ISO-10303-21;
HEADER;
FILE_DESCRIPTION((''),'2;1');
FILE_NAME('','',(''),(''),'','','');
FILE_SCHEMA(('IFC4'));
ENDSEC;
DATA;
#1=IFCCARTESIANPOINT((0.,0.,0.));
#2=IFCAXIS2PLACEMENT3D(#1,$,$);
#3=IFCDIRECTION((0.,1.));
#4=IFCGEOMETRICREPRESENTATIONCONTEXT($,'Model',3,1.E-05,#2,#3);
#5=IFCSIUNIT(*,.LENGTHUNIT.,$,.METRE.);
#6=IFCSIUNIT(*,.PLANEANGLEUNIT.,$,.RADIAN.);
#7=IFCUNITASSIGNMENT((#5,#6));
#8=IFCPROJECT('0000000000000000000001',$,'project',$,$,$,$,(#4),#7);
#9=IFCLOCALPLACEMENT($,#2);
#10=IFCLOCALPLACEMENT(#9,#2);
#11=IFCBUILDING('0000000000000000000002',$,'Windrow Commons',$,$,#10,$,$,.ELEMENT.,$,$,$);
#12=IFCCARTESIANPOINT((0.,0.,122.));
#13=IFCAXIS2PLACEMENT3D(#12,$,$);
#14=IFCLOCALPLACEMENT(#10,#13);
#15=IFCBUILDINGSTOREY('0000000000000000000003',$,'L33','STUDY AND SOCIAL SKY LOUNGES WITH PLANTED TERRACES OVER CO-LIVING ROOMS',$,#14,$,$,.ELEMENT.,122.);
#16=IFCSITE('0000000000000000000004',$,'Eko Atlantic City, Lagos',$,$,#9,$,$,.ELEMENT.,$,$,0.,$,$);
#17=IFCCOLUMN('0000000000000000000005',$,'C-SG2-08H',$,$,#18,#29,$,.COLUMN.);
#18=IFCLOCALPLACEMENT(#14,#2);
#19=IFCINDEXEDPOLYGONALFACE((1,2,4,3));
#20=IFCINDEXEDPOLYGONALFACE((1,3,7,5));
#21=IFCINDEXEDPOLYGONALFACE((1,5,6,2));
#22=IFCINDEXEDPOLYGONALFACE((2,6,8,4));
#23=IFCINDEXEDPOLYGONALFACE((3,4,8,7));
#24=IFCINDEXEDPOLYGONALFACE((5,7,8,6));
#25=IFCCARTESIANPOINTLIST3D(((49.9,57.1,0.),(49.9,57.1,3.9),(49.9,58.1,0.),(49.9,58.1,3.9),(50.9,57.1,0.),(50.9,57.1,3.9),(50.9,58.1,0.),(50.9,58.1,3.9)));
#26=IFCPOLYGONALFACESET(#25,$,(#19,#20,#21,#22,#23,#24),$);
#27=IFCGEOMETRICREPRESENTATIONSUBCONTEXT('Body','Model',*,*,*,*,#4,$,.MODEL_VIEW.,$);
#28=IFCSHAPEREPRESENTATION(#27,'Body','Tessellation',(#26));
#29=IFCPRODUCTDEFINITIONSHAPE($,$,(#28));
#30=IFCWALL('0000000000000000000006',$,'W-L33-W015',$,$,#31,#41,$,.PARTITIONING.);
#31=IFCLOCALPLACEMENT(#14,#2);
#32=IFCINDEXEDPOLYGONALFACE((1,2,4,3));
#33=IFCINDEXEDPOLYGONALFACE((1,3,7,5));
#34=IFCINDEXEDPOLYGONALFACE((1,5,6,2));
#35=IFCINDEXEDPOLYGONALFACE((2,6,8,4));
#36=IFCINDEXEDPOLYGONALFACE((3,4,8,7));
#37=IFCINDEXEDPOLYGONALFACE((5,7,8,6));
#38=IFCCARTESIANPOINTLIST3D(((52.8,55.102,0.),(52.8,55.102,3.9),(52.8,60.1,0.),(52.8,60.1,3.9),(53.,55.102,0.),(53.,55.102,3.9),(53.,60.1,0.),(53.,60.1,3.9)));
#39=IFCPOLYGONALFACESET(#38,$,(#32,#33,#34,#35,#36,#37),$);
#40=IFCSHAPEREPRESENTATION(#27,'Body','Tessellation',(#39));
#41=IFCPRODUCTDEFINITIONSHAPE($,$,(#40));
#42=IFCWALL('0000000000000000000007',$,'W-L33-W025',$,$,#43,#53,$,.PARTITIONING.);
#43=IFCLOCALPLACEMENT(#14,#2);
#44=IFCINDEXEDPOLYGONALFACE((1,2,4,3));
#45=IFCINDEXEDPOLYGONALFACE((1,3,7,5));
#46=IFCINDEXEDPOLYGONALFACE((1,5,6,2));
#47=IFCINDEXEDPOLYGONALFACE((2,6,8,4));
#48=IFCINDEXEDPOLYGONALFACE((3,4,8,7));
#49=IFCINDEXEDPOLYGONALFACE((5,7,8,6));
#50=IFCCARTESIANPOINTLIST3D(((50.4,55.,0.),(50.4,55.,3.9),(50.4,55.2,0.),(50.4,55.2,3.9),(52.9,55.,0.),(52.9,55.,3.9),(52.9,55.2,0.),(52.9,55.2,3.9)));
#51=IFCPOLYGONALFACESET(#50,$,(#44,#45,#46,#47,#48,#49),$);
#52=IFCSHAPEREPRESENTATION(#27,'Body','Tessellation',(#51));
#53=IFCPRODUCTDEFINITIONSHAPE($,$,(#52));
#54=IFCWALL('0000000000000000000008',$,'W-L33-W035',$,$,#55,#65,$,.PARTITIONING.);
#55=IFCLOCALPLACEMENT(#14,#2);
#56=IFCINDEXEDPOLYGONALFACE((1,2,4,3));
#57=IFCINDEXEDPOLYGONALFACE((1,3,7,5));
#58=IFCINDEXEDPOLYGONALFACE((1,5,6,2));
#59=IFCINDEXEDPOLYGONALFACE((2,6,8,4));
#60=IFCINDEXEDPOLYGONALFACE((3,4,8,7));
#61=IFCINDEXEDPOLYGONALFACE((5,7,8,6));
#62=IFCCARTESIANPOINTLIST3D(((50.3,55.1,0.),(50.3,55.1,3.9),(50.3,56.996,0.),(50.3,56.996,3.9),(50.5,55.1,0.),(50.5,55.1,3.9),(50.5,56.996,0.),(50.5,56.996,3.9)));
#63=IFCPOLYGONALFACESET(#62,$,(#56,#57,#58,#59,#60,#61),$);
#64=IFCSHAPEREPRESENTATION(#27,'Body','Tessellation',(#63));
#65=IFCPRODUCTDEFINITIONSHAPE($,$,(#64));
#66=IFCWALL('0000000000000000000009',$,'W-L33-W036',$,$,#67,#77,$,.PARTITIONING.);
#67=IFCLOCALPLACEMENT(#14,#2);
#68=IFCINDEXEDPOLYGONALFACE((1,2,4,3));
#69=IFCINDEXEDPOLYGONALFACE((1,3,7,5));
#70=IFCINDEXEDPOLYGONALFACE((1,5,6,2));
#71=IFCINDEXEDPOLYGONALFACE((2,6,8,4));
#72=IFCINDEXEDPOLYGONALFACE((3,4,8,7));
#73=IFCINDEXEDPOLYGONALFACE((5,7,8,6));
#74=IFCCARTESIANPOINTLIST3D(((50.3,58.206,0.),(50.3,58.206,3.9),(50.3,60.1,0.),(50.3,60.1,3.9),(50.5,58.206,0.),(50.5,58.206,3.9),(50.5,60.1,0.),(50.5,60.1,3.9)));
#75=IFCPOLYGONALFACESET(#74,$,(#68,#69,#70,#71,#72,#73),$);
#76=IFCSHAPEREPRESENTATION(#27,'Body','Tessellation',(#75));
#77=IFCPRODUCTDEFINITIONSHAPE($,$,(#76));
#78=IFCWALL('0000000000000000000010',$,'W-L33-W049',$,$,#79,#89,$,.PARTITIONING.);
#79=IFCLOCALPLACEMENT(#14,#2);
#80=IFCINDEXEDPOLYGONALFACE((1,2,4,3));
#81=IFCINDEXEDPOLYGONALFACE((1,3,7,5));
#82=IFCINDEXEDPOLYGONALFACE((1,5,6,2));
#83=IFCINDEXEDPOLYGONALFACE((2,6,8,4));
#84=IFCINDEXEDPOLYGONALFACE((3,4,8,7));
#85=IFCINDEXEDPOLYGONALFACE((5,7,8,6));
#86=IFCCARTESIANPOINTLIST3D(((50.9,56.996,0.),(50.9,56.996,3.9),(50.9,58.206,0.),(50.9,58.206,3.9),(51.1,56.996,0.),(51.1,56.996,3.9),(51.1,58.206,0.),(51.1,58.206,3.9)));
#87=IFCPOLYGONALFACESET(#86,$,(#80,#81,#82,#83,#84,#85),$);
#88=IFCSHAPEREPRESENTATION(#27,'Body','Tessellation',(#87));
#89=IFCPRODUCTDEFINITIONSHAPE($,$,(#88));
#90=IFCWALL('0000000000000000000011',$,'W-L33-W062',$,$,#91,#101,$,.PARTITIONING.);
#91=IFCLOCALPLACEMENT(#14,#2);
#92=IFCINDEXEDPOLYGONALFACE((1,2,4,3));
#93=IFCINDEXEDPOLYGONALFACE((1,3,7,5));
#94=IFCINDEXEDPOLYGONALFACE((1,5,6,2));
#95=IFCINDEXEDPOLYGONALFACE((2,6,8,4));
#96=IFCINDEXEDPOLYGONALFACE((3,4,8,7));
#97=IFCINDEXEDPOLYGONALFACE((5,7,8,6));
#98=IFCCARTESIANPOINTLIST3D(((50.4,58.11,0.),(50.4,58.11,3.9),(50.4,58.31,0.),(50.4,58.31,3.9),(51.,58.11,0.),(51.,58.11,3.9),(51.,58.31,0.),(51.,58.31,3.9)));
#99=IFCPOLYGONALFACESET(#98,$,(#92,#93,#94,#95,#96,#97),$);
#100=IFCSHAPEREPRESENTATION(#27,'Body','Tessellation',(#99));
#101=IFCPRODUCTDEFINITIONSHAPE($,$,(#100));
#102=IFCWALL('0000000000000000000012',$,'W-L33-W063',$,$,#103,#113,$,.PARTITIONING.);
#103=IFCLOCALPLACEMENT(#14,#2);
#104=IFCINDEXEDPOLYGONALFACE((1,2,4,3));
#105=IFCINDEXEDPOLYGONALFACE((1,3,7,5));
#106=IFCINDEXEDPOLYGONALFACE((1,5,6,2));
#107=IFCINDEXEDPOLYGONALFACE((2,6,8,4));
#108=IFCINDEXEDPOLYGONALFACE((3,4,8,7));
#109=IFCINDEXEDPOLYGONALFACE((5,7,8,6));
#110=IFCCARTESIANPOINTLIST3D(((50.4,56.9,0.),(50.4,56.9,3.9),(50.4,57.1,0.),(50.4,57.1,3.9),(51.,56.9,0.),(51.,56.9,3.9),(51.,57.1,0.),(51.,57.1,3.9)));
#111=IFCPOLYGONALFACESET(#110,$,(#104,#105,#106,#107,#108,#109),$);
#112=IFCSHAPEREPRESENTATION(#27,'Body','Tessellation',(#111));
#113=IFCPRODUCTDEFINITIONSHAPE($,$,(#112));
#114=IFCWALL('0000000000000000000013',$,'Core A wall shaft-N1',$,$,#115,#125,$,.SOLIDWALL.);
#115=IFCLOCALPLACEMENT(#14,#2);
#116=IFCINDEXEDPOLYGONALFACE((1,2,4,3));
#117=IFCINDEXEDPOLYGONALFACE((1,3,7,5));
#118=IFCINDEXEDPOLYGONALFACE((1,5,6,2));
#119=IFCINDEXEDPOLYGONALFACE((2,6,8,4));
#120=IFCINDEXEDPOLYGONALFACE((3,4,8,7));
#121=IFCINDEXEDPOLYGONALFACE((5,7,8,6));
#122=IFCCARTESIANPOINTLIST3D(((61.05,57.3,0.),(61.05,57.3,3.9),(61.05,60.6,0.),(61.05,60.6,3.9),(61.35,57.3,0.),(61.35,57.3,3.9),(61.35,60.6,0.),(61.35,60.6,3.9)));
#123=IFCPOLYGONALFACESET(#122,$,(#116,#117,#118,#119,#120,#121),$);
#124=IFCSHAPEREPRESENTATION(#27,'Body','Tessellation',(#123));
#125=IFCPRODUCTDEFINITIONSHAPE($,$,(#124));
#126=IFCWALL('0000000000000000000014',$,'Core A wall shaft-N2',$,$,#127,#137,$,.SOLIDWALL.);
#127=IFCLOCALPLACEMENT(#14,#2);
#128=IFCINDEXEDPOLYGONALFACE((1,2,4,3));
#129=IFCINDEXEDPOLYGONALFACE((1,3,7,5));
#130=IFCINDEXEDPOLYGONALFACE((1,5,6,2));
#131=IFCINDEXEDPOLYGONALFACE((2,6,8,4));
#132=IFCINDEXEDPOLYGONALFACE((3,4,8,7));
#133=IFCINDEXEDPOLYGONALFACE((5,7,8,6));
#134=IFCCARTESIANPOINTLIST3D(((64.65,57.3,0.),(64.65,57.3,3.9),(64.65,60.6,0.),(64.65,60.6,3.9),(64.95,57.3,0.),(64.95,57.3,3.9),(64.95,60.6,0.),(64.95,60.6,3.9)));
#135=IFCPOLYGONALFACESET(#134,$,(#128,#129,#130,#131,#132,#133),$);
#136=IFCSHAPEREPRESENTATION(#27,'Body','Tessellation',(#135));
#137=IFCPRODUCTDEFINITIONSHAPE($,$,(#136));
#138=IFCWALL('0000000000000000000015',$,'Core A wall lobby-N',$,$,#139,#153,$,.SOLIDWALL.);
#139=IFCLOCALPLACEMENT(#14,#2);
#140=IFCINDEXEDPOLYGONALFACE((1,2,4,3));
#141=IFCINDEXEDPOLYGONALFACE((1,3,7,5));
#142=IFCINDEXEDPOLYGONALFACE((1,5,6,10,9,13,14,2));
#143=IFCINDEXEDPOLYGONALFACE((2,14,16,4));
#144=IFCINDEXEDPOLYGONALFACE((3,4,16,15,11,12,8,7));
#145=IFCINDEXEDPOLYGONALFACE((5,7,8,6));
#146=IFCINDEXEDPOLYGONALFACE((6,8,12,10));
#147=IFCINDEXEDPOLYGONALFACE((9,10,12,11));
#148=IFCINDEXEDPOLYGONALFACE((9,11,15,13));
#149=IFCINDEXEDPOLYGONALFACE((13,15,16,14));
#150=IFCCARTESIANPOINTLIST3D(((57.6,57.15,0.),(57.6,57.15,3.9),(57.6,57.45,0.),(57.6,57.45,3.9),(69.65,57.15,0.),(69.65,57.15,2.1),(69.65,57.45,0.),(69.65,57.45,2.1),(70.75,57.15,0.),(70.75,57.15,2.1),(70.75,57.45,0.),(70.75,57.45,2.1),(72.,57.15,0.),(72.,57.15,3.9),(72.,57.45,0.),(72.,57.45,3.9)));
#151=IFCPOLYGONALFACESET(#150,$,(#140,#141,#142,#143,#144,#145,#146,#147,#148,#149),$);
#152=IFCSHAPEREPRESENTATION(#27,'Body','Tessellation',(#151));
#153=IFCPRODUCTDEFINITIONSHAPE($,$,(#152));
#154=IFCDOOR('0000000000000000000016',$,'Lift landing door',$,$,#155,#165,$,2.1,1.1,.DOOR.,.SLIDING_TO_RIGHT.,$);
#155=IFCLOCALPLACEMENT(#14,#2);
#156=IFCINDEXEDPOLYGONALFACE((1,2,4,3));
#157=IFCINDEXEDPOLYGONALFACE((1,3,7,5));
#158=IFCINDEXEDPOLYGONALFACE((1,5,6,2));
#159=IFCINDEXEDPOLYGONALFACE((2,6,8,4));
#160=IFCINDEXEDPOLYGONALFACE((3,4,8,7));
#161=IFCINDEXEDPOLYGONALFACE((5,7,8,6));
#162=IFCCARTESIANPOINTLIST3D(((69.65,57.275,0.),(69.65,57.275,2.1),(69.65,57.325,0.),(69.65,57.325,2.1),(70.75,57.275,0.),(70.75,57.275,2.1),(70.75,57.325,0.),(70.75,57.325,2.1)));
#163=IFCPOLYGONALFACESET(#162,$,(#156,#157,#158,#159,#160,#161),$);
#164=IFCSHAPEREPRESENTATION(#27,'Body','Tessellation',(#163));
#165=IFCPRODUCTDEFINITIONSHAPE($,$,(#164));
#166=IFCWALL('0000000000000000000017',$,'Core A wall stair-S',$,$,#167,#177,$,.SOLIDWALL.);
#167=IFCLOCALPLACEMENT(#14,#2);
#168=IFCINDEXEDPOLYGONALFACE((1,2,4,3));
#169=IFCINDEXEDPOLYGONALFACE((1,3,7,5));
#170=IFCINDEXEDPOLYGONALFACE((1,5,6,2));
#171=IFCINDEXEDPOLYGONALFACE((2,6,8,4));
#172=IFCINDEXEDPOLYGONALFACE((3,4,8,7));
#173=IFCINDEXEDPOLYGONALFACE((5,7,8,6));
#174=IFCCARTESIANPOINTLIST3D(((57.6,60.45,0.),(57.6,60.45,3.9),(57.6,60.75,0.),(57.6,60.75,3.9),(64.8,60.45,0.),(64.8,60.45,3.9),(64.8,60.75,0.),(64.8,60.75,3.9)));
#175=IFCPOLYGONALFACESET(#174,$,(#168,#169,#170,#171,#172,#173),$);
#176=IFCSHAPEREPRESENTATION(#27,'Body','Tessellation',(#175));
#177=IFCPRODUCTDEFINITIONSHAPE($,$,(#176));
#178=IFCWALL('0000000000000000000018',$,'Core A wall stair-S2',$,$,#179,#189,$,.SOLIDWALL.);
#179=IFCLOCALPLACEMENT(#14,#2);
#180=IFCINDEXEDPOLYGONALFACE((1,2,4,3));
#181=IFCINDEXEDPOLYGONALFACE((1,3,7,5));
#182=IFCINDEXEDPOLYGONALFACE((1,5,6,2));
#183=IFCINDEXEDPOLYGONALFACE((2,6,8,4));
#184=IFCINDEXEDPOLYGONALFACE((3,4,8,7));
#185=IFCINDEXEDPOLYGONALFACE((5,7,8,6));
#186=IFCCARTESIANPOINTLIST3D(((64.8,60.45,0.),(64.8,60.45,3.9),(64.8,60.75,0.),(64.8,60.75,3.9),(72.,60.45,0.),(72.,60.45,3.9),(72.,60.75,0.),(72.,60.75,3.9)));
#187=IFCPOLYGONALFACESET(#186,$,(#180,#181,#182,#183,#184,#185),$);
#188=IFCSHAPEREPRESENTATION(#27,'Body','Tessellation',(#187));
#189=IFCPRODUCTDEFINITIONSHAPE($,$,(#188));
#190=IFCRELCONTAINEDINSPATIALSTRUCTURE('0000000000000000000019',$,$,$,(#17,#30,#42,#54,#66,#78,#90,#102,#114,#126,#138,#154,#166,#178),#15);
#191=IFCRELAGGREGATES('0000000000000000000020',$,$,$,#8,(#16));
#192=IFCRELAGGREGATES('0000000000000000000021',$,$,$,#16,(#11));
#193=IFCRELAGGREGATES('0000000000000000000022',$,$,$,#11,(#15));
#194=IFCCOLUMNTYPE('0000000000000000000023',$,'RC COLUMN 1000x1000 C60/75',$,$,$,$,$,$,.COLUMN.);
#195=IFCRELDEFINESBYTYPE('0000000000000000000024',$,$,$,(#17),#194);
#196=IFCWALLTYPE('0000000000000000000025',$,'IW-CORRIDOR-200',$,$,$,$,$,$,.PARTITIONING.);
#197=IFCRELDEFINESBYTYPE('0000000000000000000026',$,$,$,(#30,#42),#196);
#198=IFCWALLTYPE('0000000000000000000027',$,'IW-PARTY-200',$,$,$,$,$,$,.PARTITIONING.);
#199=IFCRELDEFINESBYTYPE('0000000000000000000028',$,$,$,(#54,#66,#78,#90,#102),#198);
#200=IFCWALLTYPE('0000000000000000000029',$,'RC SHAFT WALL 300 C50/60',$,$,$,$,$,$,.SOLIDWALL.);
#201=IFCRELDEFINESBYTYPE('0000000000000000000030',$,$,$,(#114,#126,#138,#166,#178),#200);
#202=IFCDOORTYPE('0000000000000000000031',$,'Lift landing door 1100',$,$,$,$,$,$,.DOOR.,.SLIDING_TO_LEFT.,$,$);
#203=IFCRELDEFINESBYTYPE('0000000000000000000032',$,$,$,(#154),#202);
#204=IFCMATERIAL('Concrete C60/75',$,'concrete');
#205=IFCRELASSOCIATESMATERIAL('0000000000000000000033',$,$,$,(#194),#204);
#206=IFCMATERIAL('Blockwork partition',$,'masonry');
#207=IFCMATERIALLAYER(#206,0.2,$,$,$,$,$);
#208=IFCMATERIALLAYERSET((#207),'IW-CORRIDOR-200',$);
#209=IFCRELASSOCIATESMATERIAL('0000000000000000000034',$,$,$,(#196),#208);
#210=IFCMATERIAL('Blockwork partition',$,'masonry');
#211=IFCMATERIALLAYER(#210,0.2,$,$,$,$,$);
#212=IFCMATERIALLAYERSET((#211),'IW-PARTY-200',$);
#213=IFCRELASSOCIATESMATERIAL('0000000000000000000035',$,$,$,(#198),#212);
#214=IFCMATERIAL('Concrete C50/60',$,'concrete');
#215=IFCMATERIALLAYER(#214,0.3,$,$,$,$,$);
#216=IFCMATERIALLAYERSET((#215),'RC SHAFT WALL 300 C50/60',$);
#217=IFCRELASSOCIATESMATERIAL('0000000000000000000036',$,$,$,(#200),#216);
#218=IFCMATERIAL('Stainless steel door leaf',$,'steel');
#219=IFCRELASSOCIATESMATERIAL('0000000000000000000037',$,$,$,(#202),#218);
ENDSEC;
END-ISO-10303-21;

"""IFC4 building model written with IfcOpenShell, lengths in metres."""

from ifc_helpers import new_model, si_unit, direction, frame, frame_2d, origin, origin_2d, place, context, subcontext, project, spatial, rectangle, extrude, material, layer, layer_set, material_profile, profile_set, type_object, element, fill, save


model = new_model("IFC4")

# Units and contexts
model_context = context("Model", 3, precision=1e-05, world=origin(), true_north=direction((0.0, 1.0)))
body_context = subcontext(model_context, "Body", "Model", "MODEL_VIEW")
ifc_project = project(units=[si_unit("LENGTHUNIT", "METRE"), si_unit("PLANEANGLEUNIT", "RADIAN")], contexts=[model_context])

# Site, building, storey
site_placement = place(None, origin())
site = spatial("IfcSite", under=ifc_project, at=site_placement, Name="Eko Atlantic City, Lagos", CompositionType="ELEMENT", RefElevation=0.0)
building_placement = place(site_placement, origin())
building = spatial("IfcBuilding", under=site, at=building_placement, Name="Windrow Commons", CompositionType="ELEMENT")
storey_placement = place(building_placement, frame((0.0, 0.0, 122.0)))
storey = spatial("IfcBuildingStorey", under=building, at=storey_placement, Name="L33", Description="STUDY AND SOCIAL SKY LOUNGES WITH PLANTED TERRACES OVER CO-LIVING ROOMS", CompositionType="ELEMENT", Elevation=122.0)

# Column
ifc_material_1 = material(Name="Concrete C60/75", Category="concrete")
ifc_material_profile = material_profile(ifc_material_1, rectangle(XDim=1.0, YDim=1.0, at=origin_2d()))
ifc_profile_set = profile_set([ifc_material_profile], Name="Concrete C60/75")
column_type = type_object("IfcColumnType", Name="RC COLUMN 1000x1000 C60/75", PredefinedType="COLUMN", material=ifc_profile_set)
column_placement = place(storey_placement, frame((50.4, 57.6, 0.0), z_axis=(0.0, 0.0, 1.0), x_axis=(1.0, 0.0, 0.0)))
element("IfcColumn", 1, at=column_placement, inside=storey, type_object=column_type, Name="C-SG2-08H", PredefinedType="COLUMN", context=body_context, shape_type="SweptSolid", body=[
    extrude(rectangle(XDim=1.0, YDim=1.0, at=origin_2d()), origin(), (0.0, 0.0, 1.0), 3.9),
])

# Walls
ifc_material_2 = material(Name="Blockwork partition", Category="masonry")
ifc_layer_1 = layer(ifc_material_2, 0.2)
ifc_layer_set_1 = layer_set([ifc_layer_1], Name="IW-CORRIDOR-200")
wall_type_1 = type_object("IfcWallType", Name="IW-CORRIDOR-200", PredefinedType="PARTITIONING", material=ifc_layer_set_1)
wall_1_placement = place(storey_placement, frame((52.9, 55.102, 0.0), z_axis=(0.0, 0.0, 1.0), x_axis=(0.0, 1.0, 0.0)))
element("IfcWall", 2, at=wall_1_placement, inside=storey, type_object=wall_type_1, Name="W-L33-W015", PredefinedType="PARTITIONING", context=body_context, shape_type="SweptSolid", body=[
    extrude(rectangle(XDim=4.998, YDim=0.2, at=frame_2d((2.499, 0.0))), origin(), (0.0, 0.0, 1.0), 3.9),
])
wall_2_placement = place(storey_placement, frame((50.4, 55.1, 0.0), z_axis=(0.0, 0.0, 1.0), x_axis=(1.0, 0.0, 0.0)))
element("IfcWall", 3, at=wall_2_placement, inside=storey, type_object=wall_type_1, Name="W-L33-W025", PredefinedType="PARTITIONING", context=body_context, shape_type="SweptSolid", body=[
    extrude(rectangle(XDim=2.5, YDim=0.2, at=frame_2d((1.25, 0.0))), origin(), (0.0, 0.0, 1.0), 3.9),
])
ifc_material_3 = material(Name="Blockwork partition", Category="masonry")
ifc_layer_2 = layer(ifc_material_3, 0.2)
ifc_layer_set_2 = layer_set([ifc_layer_2], Name="IW-PARTY-200")
wall_type_2 = type_object("IfcWallType", Name="IW-PARTY-200", PredefinedType="PARTITIONING", material=ifc_layer_set_2)
wall_3_placement = place(storey_placement, frame((50.4, 55.1, 0.0), z_axis=(0.0, 0.0, 1.0), x_axis=(0.0, 1.0, 0.0)))
element("IfcWall", 4, at=wall_3_placement, inside=storey, type_object=wall_type_2, Name="W-L33-W035", PredefinedType="PARTITIONING", context=body_context, shape_type="SweptSolid", body=[
    extrude(rectangle(XDim=1.896, YDim=0.2, at=frame_2d((0.948, 0.0))), origin(), (0.0, 0.0, 1.0), 3.9),
])
wall_4_placement = place(storey_placement, frame((50.4, 58.206, 0.0), z_axis=(0.0, 0.0, 1.0), x_axis=(0.0, 1.0, 0.0)))
element("IfcWall", 5, at=wall_4_placement, inside=storey, type_object=wall_type_2, Name="W-L33-W036", PredefinedType="PARTITIONING", context=body_context, shape_type="SweptSolid", body=[
    extrude(rectangle(XDim=1.894, YDim=0.2, at=frame_2d((0.947, 0.0))), origin(), (0.0, 0.0, 1.0), 3.9),
])
wall_5_placement = place(storey_placement, frame((51.0, 56.996, 0.0), z_axis=(0.0, 0.0, 1.0), x_axis=(0.0, 1.0, 0.0)))
element("IfcWall", 6, at=wall_5_placement, inside=storey, type_object=wall_type_2, Name="W-L33-W049", PredefinedType="PARTITIONING", context=body_context, shape_type="SweptSolid", body=[
    extrude(rectangle(XDim=1.21, YDim=0.2, at=frame_2d((0.605, 0.0))), origin(), (0.0, 0.0, 1.0), 3.9),
])
for number, where, z_axis, x_axis, name in (
    (7, (50.4, 58.21, 0.0), (0.0, 0.0, 1.0), (1.0, 0.0, 0.0), "W-L33-W062"),
    (8, (50.4, 57.0, 0.0), (0.0, 0.0, 1.0), (1.0, 0.0, 0.0), "W-L33-W063"),
):
    element("IfcWall", number, at=place(storey_placement, frame(where, z_axis=z_axis, x_axis=x_axis)), inside=storey, type_object=wall_type_2, Name=name, PredefinedType="PARTITIONING", context=body_context, shape_type="SweptSolid", body=[
        extrude(rectangle(XDim=0.6, YDim=0.2, at=frame_2d((0.3, 0.0))), origin(), (0.0, 0.0, 1.0), 3.9),
    ])
ifc_material_4 = material(Name="Concrete C50/60", Category="concrete")
ifc_layer_3 = layer(ifc_material_4, 0.3)
ifc_layer_set_3 = layer_set([ifc_layer_3], Name="RC SHAFT WALL 300 C50/60")
wall_type_3 = type_object("IfcWallType", Name="RC SHAFT WALL 300 C50/60", PredefinedType="SOLIDWALL", material=ifc_layer_set_3)
for number, where, z_axis, x_axis, name in (
    (9, (61.2, 57.3, 0.0), (0.0, 0.0, 1.0), (0.0, 1.0, 0.0), "Core A wall shaft-N1"),
    (10, (64.8, 57.3, 0.0), (0.0, 0.0, 1.0), (0.0, 1.0, 0.0), "Core A wall shaft-N2"),
):
    element("IfcWall", number, at=place(storey_placement, frame(where, z_axis=z_axis, x_axis=x_axis)), inside=storey, type_object=wall_type_3, Name=name, PredefinedType="SOLIDWALL", context=body_context, shape_type="SweptSolid", body=[
        extrude(rectangle(XDim=3.3, YDim=0.3, at=frame_2d((1.65, 0.0))), origin(), (0.0, 0.0, 1.0), 3.9),
    ])

# Wall, opening, door
wall_6_placement = place(storey_placement, frame((57.6, 57.3, 0.0), z_axis=(0.0, 0.0, 1.0), x_axis=(1.0, 0.0, 0.0)))
wall_6 = element("IfcWall", 11, at=wall_6_placement, inside=storey, type_object=wall_type_3, Name="Core A wall lobby-N", PredefinedType="SOLIDWALL", context=body_context, shape_type="SweptSolid", body=[
    extrude(rectangle(XDim=14.4, YDim=0.3, at=frame_2d((7.2, 0.0))), origin(), (0.0, 0.0, 1.0), 3.9),
])
opening_placement = place(wall_6_placement, frame((12.05, 0.0, 0.0)))
opening = element("IfcOpeningElement", 12, at=opening_placement, cuts=wall_6, PredefinedType="OPENING", context=body_context, shape_type="SweptSolid", body=[
    extrude(rectangle(XDim=1.1, YDim=2.1, at=frame_2d((0.55, 1.05))), frame((0.0, 0.16, 0.0), z_axis=(0.0, -1.0, 0.0), x_axis=(1.0, 0.0, 0.0)), (0.0, 0.0, 1.0), 0.32),
])
ifc_material_5 = material(Name="Stainless steel door leaf", Category="steel")
door_type = type_object("IfcDoorType", Name="Lift landing door 1100", OperationType="SLIDING_TO_LEFT", PredefinedType="DOOR", material=ifc_material_5)
door_placement = place(opening_placement, origin())
door = element("IfcDoor", 13, at=door_placement, inside=storey, type_object=door_type, Name="Lift landing door", OperationType="SLIDING_TO_RIGHT", OverallHeight=2.1, OverallWidth=1.1, PredefinedType="DOOR", context=body_context, shape_type="SweptSolid", body=[
    extrude(rectangle(XDim=1.1, YDim=2.1, at=frame_2d((0.55, 1.05))), frame((0.0, 0.025, 0.0), z_axis=(0.0, -1.0, 0.0), x_axis=(1.0, 0.0, 0.0)), (0.0, 0.0, 1.0), 0.05),
])
fill(opening, door)

# Walls
for number, where, z_axis, x_axis, name in (
    (14, (57.6, 60.6, 0.0), (0.0, 0.0, 1.0), (1.0, 0.0, 0.0), "Core A wall stair-S"),
    (15, (64.8, 60.6, 0.0), (0.0, 0.0, 1.0), (1.0, 0.0, 0.0), "Core A wall stair-S2"),
):
    element("IfcWall", number, at=place(storey_placement, frame(where, z_axis=z_axis, x_axis=x_axis)), inside=storey, type_object=wall_type_3, Name=name, PredefinedType="SOLIDWALL", context=body_context, shape_type="SweptSolid", body=[
        extrude(rectangle(XDim=7.2, YDim=0.3, at=frame_2d((3.6, 0.0))), origin(), (0.0, 0.0, 1.0), 3.9),
    ])

save(model, "model.ifc")
